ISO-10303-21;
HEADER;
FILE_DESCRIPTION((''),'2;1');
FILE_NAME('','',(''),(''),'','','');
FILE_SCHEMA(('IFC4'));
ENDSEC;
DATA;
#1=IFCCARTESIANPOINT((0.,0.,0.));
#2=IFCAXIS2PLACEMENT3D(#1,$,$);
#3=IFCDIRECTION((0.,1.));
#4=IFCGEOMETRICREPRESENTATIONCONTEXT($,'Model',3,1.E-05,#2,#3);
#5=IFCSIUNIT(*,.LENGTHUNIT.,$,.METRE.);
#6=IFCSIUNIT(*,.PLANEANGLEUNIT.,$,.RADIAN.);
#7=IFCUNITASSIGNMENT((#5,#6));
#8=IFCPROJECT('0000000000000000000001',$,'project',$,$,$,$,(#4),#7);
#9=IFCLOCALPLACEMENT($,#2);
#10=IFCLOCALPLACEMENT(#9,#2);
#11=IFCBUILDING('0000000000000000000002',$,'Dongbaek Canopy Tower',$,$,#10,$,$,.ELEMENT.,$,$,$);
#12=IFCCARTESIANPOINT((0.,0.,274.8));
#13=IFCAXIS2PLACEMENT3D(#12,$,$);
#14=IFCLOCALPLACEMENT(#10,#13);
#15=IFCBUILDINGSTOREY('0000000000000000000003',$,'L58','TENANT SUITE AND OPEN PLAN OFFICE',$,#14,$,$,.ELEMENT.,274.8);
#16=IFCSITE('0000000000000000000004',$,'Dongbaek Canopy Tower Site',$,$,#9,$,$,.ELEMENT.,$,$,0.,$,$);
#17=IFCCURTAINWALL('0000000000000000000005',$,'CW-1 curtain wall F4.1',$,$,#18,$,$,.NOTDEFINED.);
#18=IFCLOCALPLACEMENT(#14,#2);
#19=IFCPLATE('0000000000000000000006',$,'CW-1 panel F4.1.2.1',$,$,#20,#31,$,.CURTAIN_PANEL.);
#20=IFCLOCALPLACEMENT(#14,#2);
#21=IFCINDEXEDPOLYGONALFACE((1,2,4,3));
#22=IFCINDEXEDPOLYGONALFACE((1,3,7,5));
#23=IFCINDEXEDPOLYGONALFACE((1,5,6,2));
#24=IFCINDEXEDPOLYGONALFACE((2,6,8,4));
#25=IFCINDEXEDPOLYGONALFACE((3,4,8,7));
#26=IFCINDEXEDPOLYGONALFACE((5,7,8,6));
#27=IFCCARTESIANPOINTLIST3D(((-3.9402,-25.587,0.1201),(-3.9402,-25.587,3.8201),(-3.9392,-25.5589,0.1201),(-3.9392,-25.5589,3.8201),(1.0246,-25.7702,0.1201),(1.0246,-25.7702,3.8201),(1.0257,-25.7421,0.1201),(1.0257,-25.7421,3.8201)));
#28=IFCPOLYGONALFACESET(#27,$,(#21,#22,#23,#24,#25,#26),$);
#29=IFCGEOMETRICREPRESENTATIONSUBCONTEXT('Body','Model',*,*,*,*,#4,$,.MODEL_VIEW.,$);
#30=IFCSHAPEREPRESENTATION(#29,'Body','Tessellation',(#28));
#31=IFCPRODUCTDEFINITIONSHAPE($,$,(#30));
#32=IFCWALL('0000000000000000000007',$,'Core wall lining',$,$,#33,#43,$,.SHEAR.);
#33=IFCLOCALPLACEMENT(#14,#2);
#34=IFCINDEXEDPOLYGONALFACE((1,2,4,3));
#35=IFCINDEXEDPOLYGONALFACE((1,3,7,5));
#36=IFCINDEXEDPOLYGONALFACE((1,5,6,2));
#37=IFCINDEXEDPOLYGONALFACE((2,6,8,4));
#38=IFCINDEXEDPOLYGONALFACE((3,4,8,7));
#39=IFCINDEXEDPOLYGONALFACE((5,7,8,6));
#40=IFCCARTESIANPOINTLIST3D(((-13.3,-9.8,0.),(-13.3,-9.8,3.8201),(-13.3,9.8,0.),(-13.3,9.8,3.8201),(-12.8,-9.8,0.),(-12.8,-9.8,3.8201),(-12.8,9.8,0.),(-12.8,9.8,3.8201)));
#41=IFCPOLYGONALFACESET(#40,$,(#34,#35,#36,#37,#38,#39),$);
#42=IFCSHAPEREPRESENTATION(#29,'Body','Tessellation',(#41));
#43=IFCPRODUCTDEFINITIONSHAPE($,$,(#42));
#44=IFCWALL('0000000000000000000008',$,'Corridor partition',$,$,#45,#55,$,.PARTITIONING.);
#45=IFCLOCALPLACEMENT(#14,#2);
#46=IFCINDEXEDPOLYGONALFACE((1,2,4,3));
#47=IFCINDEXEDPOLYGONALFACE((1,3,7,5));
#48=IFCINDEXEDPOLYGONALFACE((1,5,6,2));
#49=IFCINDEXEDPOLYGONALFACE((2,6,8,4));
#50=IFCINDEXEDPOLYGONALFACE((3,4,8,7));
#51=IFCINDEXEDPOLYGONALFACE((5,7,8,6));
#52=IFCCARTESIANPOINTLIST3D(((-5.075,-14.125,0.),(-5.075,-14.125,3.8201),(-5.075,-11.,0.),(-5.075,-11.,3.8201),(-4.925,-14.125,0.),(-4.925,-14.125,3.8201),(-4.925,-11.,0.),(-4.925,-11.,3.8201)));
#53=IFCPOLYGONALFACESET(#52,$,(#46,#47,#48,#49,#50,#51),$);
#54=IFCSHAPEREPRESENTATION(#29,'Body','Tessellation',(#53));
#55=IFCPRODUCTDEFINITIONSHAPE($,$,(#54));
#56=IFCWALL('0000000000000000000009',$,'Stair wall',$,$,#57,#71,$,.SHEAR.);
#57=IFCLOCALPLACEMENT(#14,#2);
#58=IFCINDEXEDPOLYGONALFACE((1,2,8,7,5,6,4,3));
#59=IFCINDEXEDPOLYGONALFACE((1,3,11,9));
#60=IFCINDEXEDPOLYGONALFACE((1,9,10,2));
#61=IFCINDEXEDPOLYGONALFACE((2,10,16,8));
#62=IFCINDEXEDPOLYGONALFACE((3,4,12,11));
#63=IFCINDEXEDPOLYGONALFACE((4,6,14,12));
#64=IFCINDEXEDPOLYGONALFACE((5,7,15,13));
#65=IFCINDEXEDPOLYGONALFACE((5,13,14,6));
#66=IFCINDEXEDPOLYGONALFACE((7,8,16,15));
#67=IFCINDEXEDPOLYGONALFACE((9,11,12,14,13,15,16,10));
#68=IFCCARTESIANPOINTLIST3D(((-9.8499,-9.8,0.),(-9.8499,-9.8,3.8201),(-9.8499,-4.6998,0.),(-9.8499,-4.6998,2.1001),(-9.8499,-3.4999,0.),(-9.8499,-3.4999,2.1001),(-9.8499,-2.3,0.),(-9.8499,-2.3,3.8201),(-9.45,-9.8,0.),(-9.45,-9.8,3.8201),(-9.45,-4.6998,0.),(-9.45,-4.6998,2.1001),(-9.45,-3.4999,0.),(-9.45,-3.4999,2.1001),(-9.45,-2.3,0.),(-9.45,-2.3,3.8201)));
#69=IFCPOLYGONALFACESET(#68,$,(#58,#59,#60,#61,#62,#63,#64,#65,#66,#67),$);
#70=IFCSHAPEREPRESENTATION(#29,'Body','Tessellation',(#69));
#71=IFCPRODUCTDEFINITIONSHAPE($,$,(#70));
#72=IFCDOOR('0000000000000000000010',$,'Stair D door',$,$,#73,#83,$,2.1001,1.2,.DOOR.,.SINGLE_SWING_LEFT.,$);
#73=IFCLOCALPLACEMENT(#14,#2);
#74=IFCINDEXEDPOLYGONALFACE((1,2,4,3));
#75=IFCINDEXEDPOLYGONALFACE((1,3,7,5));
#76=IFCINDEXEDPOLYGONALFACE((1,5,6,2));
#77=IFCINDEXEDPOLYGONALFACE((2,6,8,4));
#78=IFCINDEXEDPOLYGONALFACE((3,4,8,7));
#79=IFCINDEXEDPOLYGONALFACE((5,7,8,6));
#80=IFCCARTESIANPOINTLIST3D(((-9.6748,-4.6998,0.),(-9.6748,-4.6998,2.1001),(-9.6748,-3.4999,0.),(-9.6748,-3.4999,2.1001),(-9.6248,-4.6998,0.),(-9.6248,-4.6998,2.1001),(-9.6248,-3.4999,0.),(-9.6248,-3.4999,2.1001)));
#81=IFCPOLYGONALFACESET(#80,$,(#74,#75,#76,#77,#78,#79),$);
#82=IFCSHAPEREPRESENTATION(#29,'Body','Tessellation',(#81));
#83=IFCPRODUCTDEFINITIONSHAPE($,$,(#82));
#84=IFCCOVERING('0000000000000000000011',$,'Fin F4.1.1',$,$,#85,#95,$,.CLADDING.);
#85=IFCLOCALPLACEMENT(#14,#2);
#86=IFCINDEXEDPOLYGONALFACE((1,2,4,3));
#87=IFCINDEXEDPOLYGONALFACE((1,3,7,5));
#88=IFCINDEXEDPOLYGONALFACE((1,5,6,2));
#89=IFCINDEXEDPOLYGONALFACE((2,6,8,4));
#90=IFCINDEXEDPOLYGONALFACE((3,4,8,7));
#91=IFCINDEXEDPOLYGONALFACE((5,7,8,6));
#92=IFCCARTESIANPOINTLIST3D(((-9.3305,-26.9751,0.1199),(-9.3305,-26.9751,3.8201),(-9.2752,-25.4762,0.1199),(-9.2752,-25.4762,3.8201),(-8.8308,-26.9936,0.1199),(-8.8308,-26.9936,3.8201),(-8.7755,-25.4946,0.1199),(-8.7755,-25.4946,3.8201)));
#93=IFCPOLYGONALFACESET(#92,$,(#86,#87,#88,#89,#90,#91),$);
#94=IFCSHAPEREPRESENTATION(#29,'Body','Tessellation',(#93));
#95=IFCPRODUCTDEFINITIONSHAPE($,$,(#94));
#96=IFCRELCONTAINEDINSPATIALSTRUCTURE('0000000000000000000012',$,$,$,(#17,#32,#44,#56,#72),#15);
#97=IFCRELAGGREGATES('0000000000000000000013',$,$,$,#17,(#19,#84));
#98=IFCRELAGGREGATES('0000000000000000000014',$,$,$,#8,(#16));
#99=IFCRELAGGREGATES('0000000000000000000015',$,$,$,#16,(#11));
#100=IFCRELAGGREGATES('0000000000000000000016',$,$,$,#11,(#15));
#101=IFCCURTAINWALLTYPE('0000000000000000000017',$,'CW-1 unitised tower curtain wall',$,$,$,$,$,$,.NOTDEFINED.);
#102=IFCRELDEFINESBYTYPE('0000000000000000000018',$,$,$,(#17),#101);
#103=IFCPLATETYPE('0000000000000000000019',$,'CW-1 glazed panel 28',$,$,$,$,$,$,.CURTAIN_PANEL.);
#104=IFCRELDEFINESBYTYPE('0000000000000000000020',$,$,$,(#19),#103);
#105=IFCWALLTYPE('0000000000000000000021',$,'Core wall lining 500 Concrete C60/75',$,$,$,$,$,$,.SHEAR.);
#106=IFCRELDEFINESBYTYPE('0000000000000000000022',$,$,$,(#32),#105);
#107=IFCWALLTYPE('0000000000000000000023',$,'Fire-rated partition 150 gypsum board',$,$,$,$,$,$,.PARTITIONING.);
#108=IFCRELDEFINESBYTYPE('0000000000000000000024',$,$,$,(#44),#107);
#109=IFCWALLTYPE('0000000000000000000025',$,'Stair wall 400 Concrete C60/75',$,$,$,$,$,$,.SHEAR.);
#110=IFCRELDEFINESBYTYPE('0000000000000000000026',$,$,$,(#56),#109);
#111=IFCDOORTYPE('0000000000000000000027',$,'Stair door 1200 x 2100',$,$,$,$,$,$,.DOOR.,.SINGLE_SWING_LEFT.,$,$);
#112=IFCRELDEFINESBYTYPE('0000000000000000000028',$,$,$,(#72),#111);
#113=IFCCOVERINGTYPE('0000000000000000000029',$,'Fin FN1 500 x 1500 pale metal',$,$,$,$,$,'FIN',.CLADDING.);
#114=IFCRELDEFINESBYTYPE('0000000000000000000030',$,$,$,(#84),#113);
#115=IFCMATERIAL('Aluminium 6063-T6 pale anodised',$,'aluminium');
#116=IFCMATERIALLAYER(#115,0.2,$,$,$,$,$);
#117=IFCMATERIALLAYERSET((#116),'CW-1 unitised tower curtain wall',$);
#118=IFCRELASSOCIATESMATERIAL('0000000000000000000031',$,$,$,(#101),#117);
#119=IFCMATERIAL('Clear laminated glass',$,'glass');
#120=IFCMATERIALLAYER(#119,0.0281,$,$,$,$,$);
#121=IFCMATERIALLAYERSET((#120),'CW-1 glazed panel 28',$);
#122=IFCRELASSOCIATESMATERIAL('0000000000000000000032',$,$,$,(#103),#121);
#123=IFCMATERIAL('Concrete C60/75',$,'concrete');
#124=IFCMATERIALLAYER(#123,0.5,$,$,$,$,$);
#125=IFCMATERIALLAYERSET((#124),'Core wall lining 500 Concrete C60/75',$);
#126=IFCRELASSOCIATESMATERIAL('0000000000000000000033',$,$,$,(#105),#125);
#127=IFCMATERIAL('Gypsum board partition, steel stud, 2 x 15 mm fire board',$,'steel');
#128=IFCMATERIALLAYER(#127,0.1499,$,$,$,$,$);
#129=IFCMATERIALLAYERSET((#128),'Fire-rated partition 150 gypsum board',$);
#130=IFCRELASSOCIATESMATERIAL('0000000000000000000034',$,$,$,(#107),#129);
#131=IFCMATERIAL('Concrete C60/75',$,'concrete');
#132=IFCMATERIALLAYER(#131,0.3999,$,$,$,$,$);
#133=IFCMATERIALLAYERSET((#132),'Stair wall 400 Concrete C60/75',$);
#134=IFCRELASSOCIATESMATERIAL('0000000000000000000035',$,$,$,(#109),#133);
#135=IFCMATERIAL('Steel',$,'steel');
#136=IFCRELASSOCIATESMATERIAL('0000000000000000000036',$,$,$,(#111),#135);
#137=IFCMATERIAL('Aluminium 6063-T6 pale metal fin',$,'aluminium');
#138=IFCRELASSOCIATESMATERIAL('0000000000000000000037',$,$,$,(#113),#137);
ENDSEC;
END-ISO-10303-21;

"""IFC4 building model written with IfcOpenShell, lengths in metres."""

from ifc_helpers import new_model, si_unit, direction, frame, frame_2d, origin, origin_2d, place, context, subcontext, project, spatial, rectangle, extrude, material, layer, layer_set, material_profile, profile_set, type_object, element, fill, aggregate, save


model = new_model("IFC4")

# Units and contexts
model_context = context("Model", 3, precision=1e-05, world=origin(), true_north=direction((0.0, 1.0)))
body_context = subcontext(model_context, "Body", "Model", "MODEL_VIEW")
ifc_project = project(units=[si_unit("LENGTHUNIT", "METRE"), si_unit("PLANEANGLEUNIT", "RADIAN")], contexts=[model_context])

# Site, building, storey
site_placement = place(None, origin())
site = spatial("IfcSite", under=ifc_project, at=site_placement, Name="Dongbaek Canopy Tower Site", CompositionType="ELEMENT", RefElevation=0.0)
building_placement = place(site_placement, origin())
building = spatial("IfcBuilding", under=site, at=building_placement, Name="Dongbaek Canopy Tower", CompositionType="ELEMENT")
storey_placement = place(building_placement, frame((0.0, 0.0, 274.8)))
storey = spatial("IfcBuildingStorey", under=building, at=storey_placement, Name="L58", Description="TENANT SUITE AND OPEN PLAN OFFICE", CompositionType="ELEMENT", Elevation=274.8)

# Curtain wall
ifc_material_1 = material(Name="Aluminium 6063-T6 pale anodised", Category="aluminium")
ifc_layer_1 = layer(ifc_material_1, 0.2)
ifc_layer_set_1 = layer_set([ifc_layer_1], Name="CW-1 unitised tower curtain wall")
curtain_wall_type = type_object("IfcCurtainWallType", Name="CW-1 unitised tower curtain wall", PredefinedType="NOTDEFINED", material=ifc_layer_set_1)
curtain_wall_1_placement = place(storey_placement, origin())
curtain_wall_1 = element("IfcCurtainWall", 1, at=curtain_wall_1_placement, inside=storey, type_object=curtain_wall_type, Name="CW-1 curtain wall F4.1", PredefinedType="NOTDEFINED")

# Plate
ifc_material_2 = material(Name="Clear laminated glass", Category="glass")
ifc_layer_2 = layer(ifc_material_2, 0.0281)
ifc_layer_set_2 = layer_set([ifc_layer_2], Name="CW-1 glazed panel 28")
plate_type = type_object("IfcPlateType", Name="CW-1 glazed panel 28", PredefinedType="CURTAIN_PANEL", material=ifc_layer_set_2)
plate_1_placement = place(storey_placement, frame((-1.4573, -25.6646, 0.1201), z_axis=(0.0, 0.0, 1.0), x_axis=(0.99932, -0.036874, 0.0)))
plate_1 = element("IfcPlate", 2, at=plate_1_placement, type_object=plate_type, Name="CW-1 panel F4.1.2.1", PredefinedType="CURTAIN_PANEL", context=body_context, shape_type="SweptSolid", body=[
    extrude(rectangle(XDim=4.9683, YDim=0.0281, at=origin_2d()), origin(), (0.0, 0.0, 1.0), 3.7),
])

# Walls
ifc_material_3 = material(Name="Concrete C60/75", Category="concrete")
ifc_layer_3 = layer(ifc_material_3, 0.5)
ifc_layer_set_3 = layer_set([ifc_layer_3], Name="Core wall lining 500 Concrete C60/75")
wall_type_1 = type_object("IfcWallType", Name="Core wall lining 500 Concrete C60/75", PredefinedType="SHEAR", material=ifc_layer_set_3)
wall_1_placement = place(storey_placement, frame((-13.05, -9.8, 0.0), z_axis=(0.0, 0.0, 1.0), x_axis=(0.0, 1.0, 0.0)))
element("IfcWall", 3, at=wall_1_placement, inside=storey, type_object=wall_type_1, Name="Core wall lining", PredefinedType="SHEAR", context=body_context, shape_type="SweptSolid", body=[
    extrude(rectangle(XDim=19.6001, YDim=0.5, at=frame_2d((9.8, 0.0))), origin(), (0.0, 0.0, 1.0), 3.8201),
])
ifc_material_4 = material(Name="Gypsum board partition, steel stud, 2 x 15 mm fire board", Category="steel")
ifc_layer_4 = layer(ifc_material_4, 0.1499)
ifc_layer_set_4 = layer_set([ifc_layer_4], Name="Fire-rated partition 150 gypsum board")
wall_type_2 = type_object("IfcWallType", Name="Fire-rated partition 150 gypsum board", PredefinedType="PARTITIONING", material=ifc_layer_set_4)
wall_2_placement = place(storey_placement, frame((-5.0, -14.125, 0.0), z_axis=(0.0, 0.0, 1.0), x_axis=(0.0, 1.0, 0.0)))
element("IfcWall", 4, at=wall_2_placement, inside=storey, type_object=wall_type_2, Name="Corridor partition", PredefinedType="PARTITIONING", context=body_context, shape_type="SweptSolid", body=[
    extrude(rectangle(XDim=3.125, YDim=0.1499, at=frame_2d((1.5625, 0.0))), origin(), (0.0, 0.0, 1.0), 3.8201),
])

# Wall, opening, door
ifc_material_5 = material(Name="Concrete C60/75", Category="concrete")
ifc_layer_5 = layer(ifc_material_5, 0.3999)
ifc_layer_set_5 = layer_set([ifc_layer_5], Name="Stair wall 400 Concrete C60/75")
wall_type_3 = type_object("IfcWallType", Name="Stair wall 400 Concrete C60/75", PredefinedType="SHEAR", material=ifc_layer_set_5)
wall_3_placement = place(storey_placement, frame((-9.6499, -9.8, 0.0), z_axis=(0.0, 0.0, 1.0), x_axis=(0.0, 1.0, 0.0)))
wall_3 = element("IfcWall", 5, at=wall_3_placement, inside=storey, type_object=wall_type_3, Name="Stair wall", PredefinedType="SHEAR", context=body_context, shape_type="SweptSolid", body=[
    extrude(rectangle(XDim=7.5, YDim=0.3999, at=frame_2d((3.75, 0.0))), origin(), (0.0, 0.0, 1.0), 3.8201),
])
opening_placement = place(wall_3_placement, frame((5.1001, 0.0, 0.0)))
opening = element("IfcOpeningElement", 6, at=opening_placement, cuts=wall_3, PredefinedType="OPENING", context=body_context, shape_type="SweptSolid", body=[
    extrude(rectangle(XDim=1.2, YDim=2.1001, at=frame_2d((0.6001, 1.05))), frame((0.0, 0.21, 0.0), z_axis=(0.0, -1.0, 0.0), x_axis=(1.0, 0.0, 0.0)), (0.0, 0.0, 1.0), 0.4199),
])
ifc_material_6 = material(Name="Steel", Category="steel")
door_type = type_object("IfcDoorType", Name="Stair door 1200 x 2100", OperationType="SINGLE_SWING_LEFT", PredefinedType="DOOR", material=ifc_material_6)
door_placement = place(opening_placement, origin())
door = element("IfcDoor", 7, at=door_placement, inside=storey, type_object=door_type, Name="Stair D door", OperationType="SINGLE_SWING_LEFT", OverallHeight=2.1001, OverallWidth=1.2, PredefinedType="DOOR", context=body_context, shape_type="SweptSolid", body=[
    extrude(rectangle(XDim=1.2, YDim=2.1001, at=frame_2d((0.6001, 1.05))), frame((0.0, 0.0249, 0.0), z_axis=(0.0, -1.0, 0.0), x_axis=(1.0, 0.0, 0.0)), (0.0, 0.0, 1.0), 0.05),
])
fill(opening, door)

# Covering
ifc_material_7 = material(Name="Aluminium 6063-T6 pale metal fin", Category="aluminium")
ifc_material_profile_1 = material_profile(ifc_material_7, rectangle(XDim=1.5, YDim=0.5, at=origin_2d()), Name="Fin FN1 500 x 1500 pale metal")
ifc_profile_set_1 = profile_set([ifc_material_profile_1], Name="Aluminium 6063-T6 pale metal fin")
covering_type = type_object("IfcCoveringType", Name="Fin FN1 500 x 1500 pale metal", ElementType="FIN", PredefinedType="CLADDING", material=ifc_profile_set_1)
covering_placement = place(storey_placement, frame((-9.053, -26.2349, 0.1199), z_axis=(0.0, 0.0, 1.0), x_axis=(-0.036874, -0.99932, 0.0)))
covering = element("IfcCovering", 8, at=covering_placement, type_object=covering_type, Name="Fin F4.1.1", PredefinedType="CLADDING", context=body_context, shape_type="SweptSolid", body=[
    extrude(rectangle(XDim=1.5, YDim=0.5, at=origin_2d()), origin(), (0.0, 0.0, 1.0), 3.7002),
])
aggregate(curtain_wall_1, [plate_1, covering])

save(model, "model.ifc")
